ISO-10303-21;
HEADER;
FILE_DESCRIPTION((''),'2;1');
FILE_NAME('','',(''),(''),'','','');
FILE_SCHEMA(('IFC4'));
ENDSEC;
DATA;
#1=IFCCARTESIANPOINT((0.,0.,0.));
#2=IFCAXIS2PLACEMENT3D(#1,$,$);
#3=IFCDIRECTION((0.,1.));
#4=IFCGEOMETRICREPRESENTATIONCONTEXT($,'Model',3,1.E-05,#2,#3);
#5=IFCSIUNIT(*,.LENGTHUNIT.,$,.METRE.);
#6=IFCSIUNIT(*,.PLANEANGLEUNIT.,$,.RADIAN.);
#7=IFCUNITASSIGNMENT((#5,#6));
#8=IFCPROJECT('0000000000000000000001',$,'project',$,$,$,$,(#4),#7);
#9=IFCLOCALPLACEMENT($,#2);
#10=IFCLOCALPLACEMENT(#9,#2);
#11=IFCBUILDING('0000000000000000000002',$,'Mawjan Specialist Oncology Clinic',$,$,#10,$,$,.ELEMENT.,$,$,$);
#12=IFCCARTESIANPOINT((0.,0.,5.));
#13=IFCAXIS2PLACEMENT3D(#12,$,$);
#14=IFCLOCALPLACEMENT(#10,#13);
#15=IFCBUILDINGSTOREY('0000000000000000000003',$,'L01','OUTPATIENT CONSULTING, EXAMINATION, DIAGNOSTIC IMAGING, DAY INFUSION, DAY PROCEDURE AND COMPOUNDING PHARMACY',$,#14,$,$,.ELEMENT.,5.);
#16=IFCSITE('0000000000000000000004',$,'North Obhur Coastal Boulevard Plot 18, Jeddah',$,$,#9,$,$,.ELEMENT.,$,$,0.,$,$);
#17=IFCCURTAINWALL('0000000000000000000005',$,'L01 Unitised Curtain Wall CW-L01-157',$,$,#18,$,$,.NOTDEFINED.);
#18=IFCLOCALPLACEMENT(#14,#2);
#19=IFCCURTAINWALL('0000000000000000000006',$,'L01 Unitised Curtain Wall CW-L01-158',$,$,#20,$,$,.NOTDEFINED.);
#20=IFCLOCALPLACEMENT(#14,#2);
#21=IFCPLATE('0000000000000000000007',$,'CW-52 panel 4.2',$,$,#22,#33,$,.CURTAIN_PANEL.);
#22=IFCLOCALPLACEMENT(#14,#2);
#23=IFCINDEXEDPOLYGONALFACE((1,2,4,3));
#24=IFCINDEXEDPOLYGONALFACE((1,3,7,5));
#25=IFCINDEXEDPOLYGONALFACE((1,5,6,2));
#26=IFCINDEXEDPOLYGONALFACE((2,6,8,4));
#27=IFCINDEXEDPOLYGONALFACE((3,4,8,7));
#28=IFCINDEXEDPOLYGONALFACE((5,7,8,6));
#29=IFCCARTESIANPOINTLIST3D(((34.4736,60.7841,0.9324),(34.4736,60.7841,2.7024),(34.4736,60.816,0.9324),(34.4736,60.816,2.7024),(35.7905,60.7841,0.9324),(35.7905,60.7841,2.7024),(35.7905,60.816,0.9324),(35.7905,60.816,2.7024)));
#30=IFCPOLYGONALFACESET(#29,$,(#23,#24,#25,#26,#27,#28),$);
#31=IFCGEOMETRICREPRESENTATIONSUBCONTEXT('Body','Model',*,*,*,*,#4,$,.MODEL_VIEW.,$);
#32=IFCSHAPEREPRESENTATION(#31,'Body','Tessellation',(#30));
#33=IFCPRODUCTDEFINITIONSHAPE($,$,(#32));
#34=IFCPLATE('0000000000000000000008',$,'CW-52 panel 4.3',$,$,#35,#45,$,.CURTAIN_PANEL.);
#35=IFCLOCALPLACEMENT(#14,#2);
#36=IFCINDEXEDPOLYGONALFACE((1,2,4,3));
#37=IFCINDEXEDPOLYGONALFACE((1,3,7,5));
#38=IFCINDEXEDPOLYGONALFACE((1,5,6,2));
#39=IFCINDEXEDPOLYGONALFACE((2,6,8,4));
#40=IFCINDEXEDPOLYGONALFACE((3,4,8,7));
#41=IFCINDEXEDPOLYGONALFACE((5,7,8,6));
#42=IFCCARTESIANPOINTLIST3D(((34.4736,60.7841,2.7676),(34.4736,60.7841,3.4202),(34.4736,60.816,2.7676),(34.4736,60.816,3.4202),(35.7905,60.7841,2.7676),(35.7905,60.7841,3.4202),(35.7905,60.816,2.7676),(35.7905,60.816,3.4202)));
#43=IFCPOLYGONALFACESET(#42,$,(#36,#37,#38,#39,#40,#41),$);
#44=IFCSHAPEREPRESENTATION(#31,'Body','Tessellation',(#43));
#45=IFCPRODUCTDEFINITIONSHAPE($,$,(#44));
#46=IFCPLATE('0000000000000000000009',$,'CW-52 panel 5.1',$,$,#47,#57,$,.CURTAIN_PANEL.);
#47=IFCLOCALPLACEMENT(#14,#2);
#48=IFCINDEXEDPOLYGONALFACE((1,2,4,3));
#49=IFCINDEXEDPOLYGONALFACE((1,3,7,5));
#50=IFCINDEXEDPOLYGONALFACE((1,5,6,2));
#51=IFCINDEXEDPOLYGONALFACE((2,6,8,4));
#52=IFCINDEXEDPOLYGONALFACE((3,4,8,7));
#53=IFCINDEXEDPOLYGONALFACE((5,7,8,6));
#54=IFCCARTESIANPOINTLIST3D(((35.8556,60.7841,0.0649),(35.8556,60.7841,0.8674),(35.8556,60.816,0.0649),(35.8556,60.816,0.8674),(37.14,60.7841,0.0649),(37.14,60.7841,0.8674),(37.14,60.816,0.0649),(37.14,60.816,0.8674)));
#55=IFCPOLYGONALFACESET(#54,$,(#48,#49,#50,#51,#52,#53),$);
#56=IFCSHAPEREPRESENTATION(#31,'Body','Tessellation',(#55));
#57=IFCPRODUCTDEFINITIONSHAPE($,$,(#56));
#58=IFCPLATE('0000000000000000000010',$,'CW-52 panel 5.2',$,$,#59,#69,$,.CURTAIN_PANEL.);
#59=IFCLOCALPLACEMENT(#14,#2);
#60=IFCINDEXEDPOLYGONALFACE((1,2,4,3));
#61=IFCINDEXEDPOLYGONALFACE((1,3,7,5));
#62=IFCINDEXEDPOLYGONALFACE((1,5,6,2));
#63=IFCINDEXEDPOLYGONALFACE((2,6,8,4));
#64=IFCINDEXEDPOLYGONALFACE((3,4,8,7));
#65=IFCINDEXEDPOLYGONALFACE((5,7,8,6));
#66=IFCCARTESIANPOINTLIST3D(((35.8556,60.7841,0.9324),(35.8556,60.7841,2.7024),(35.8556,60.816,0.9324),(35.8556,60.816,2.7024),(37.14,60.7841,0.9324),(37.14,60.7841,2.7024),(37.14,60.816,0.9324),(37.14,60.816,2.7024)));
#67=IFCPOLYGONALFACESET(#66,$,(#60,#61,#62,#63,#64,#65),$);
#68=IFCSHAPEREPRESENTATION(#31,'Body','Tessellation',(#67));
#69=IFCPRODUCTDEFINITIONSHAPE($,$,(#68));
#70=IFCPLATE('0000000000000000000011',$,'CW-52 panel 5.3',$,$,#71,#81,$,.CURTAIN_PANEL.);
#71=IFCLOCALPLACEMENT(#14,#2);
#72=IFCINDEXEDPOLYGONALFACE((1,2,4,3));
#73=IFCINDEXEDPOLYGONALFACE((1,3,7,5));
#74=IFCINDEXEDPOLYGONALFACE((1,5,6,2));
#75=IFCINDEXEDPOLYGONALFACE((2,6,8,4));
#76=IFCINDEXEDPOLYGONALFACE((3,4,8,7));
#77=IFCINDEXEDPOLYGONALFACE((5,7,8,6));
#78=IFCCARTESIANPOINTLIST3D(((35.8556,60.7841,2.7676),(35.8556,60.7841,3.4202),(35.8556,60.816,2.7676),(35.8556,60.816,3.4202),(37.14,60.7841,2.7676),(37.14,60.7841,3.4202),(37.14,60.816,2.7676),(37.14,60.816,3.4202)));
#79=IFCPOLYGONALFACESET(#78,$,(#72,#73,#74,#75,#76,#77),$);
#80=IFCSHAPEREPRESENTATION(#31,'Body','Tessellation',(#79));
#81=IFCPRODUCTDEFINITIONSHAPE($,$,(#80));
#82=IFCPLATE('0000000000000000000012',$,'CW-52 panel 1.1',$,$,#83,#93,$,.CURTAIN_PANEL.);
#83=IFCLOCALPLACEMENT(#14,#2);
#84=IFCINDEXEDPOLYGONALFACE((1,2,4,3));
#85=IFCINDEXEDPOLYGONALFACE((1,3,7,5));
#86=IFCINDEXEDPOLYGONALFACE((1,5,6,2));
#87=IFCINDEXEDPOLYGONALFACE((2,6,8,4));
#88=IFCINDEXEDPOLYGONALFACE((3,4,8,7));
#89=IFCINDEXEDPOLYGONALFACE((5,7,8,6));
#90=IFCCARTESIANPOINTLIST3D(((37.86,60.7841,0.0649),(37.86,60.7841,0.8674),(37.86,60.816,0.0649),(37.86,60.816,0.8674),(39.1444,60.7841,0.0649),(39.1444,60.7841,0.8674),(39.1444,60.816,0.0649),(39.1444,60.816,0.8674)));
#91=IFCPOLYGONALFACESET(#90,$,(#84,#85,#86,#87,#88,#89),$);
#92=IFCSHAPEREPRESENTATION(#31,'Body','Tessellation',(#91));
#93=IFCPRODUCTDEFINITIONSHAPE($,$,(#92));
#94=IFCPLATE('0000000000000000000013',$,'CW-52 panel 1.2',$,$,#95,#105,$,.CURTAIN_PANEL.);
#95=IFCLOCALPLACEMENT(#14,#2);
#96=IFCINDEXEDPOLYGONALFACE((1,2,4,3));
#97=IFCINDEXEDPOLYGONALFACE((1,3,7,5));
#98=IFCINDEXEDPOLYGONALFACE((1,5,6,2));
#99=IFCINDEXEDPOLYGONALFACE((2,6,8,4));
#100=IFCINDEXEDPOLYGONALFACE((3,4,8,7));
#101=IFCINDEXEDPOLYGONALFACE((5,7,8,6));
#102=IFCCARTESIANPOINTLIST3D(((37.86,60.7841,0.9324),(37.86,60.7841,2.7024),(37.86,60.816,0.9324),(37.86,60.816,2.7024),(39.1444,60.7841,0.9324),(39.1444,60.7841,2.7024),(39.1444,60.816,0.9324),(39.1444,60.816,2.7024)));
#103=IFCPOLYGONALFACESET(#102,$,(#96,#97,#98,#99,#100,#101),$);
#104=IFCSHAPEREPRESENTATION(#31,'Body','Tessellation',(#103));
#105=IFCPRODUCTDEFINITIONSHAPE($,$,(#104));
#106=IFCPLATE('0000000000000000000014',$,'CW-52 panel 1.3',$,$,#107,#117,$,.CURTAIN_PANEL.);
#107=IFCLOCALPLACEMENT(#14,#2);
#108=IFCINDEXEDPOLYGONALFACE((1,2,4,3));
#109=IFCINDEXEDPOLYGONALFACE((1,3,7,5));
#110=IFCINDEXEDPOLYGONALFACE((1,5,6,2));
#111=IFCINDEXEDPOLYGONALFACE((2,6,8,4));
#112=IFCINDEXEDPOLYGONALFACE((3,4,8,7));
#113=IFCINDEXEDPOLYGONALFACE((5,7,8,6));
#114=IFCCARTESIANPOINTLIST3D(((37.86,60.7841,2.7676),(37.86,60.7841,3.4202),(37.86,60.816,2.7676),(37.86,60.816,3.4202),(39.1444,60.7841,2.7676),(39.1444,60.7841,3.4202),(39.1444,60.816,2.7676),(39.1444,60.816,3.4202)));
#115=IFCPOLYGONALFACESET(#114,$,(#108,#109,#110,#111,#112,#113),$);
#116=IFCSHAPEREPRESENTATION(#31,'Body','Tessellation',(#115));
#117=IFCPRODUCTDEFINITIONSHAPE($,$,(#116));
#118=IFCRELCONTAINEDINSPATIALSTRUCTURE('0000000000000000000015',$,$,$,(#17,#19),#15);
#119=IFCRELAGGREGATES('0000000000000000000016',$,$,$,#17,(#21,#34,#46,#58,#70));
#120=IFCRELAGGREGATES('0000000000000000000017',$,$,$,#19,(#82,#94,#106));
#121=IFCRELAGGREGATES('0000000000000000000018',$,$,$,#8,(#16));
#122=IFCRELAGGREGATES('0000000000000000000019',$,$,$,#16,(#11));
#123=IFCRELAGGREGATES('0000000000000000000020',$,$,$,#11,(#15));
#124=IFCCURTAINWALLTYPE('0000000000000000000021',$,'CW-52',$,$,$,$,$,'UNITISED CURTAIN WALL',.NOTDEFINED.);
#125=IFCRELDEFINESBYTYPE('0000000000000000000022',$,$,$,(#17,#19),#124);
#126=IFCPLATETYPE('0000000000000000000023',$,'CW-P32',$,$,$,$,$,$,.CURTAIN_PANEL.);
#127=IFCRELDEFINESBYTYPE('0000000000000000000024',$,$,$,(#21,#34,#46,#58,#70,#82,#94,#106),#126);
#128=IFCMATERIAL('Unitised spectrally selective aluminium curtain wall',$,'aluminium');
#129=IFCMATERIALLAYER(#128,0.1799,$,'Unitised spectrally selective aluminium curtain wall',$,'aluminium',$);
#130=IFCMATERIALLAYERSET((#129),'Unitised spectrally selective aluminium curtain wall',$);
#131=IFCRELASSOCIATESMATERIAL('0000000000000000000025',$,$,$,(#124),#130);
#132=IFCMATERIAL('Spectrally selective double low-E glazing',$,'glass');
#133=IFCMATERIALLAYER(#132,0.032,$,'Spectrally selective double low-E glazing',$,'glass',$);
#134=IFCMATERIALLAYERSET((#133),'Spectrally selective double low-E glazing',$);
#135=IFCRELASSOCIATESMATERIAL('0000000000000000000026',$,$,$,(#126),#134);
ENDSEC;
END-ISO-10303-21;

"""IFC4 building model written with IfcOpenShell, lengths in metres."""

from ifc_helpers import new_model, si_unit, direction, frame, origin, origin_2d, place, context, subcontext, project, spatial, rectangle, extrude, material, layer, layer_set, type_object, element, aggregate, save


model = new_model("IFC4")

# Units and contexts
model_context = context("Model", 3, precision=1e-05, world=origin(), true_north=direction((0.0, 1.0)))
body_context = subcontext(model_context, "Body", "Model", "MODEL_VIEW")
ifc_project = project(units=[si_unit("LENGTHUNIT", "METRE"), si_unit("PLANEANGLEUNIT", "RADIAN")], contexts=[model_context])

# Site, building, storey
site_placement = place(None, origin())
site = spatial("IfcSite", under=ifc_project, at=site_placement, Name="North Obhur Coastal Boulevard Plot 18, Jeddah", CompositionType="ELEMENT", RefElevation=0.0)
building_placement = place(site_placement, origin())
building = spatial("IfcBuilding", under=site, at=building_placement, Name="Mawjan Specialist Oncology Clinic", CompositionType="ELEMENT")
storey_placement = place(building_placement, frame((0.0, 0.0, 5.0)))
storey = spatial("IfcBuildingStorey", under=building, at=storey_placement, Name="L01", Description="OUTPATIENT CONSULTING, EXAMINATION, DIAGNOSTIC IMAGING, DAY INFUSION, DAY PROCEDURE AND COMPOUNDING PHARMACY", CompositionType="ELEMENT", Elevation=5.0)

# Curtain walls
ifc_material_1 = material(Name="Unitised spectrally selective aluminium curtain wall", Category="aluminium")
ifc_layer_1 = layer(ifc_material_1, 0.1799, Name="Unitised spectrally selective aluminium curtain wall", Category="aluminium")
ifc_layer_set_1 = layer_set([ifc_layer_1], Name="Unitised spectrally selective aluminium curtain wall")
curtain_wall_type = type_object("IfcCurtainWallType", Name="CW-52", ElementType="UNITISED CURTAIN WALL", PredefinedType="NOTDEFINED", material=ifc_layer_set_1)
curtain_wall_1_placement = place(storey_placement, origin())
curtain_wall_1 = element("IfcCurtainWall", 1, at=curtain_wall_1_placement, inside=storey, type_object=curtain_wall_type, Name="L01 Unitised Curtain Wall CW-L01-157", PredefinedType="NOTDEFINED")
curtain_wall_2_placement = place(storey_placement, origin())
curtain_wall_2 = element("IfcCurtainWall", 2, at=curtain_wall_2_placement, inside=storey, type_object=curtain_wall_type, Name="L01 Unitised Curtain Wall CW-L01-158", PredefinedType="NOTDEFINED")

# Plates
ifc_material_2 = material(Name="Spectrally selective double low-E glazing", Category="glass")
ifc_layer_2 = layer(ifc_material_2, 0.032, Name="Spectrally selective double low-E glazing", Category="glass")
ifc_layer_set_2 = layer_set([ifc_layer_2], Name="Spectrally selective double low-E glazing")
plate_type = type_object("IfcPlateType", Name="CW-P32", PredefinedType="CURTAIN_PANEL", material=ifc_layer_set_2)
plate_1_placement = place(storey_placement, frame((35.1321, 60.8, 0.9324), z_axis=(0.0, 0.0, 1.0), x_axis=(1.0, 0.0, 0.0)))
plate_1 = element("IfcPlate", 3, at=plate_1_placement, type_object=plate_type, Name="CW-52 panel 4.2", PredefinedType="CURTAIN_PANEL", context=body_context, shape_type="SweptSolid", body=[
    extrude(rectangle(XDim=1.3169, YDim=0.032, at=origin_2d()), origin(), (0.0, 0.0, 1.0), 1.77),
])
plate_2_placement = place(storey_placement, frame((35.1321, 60.8, 2.7676), z_axis=(0.0, 0.0, 1.0), x_axis=(1.0, 0.0, 0.0)))
plate_2 = element("IfcPlate", 4, at=plate_2_placement, type_object=plate_type, Name="CW-52 panel 4.3", PredefinedType="CURTAIN_PANEL", context=body_context, shape_type="SweptSolid", body=[
    extrude(rectangle(XDim=1.3169, YDim=0.032, at=origin_2d()), origin(), (0.0, 0.0, 1.0), 0.6526),
])
plate_3_placement = place(storey_placement, frame((36.4978, 60.8, 0.0649), z_axis=(0.0, 0.0, 1.0), x_axis=(1.0, 0.0, 0.0)))
plate_3 = element("IfcPlate", 5, at=plate_3_placement, type_object=plate_type, Name="CW-52 panel 5.1", PredefinedType="CURTAIN_PANEL", context=body_context, shape_type="SweptSolid", body=[
    extrude(rectangle(XDim=1.2844, YDim=0.032, at=origin_2d()), origin(), (0.0, 0.0, 1.0), 0.8025),
])
plate_4_placement = place(storey_placement, frame((36.4978, 60.8, 0.9324), z_axis=(0.0, 0.0, 1.0), x_axis=(1.0, 0.0, 0.0)))
plate_4 = element("IfcPlate", 6, at=plate_4_placement, type_object=plate_type, Name="CW-52 panel 5.2", PredefinedType="CURTAIN_PANEL", context=body_context, shape_type="SweptSolid", body=[
    extrude(rectangle(XDim=1.2844, YDim=0.032, at=origin_2d()), origin(), (0.0, 0.0, 1.0), 1.77),
])
plate_5_placement = place(storey_placement, frame((36.4978, 60.8, 2.7676), z_axis=(0.0, 0.0, 1.0), x_axis=(1.0, 0.0, 0.0)))
plate_5 = element("IfcPlate", 7, at=plate_5_placement, type_object=plate_type, Name="CW-52 panel 5.3", PredefinedType="CURTAIN_PANEL", context=body_context, shape_type="SweptSolid", body=[
    extrude(rectangle(XDim=1.2844, YDim=0.032, at=origin_2d()), origin(), (0.0, 0.0, 1.0), 0.6526),
])
aggregate(curtain_wall_1, [plate_1, plate_2, plate_3, plate_4, plate_5])
plate_6_placement = place(storey_placement, frame((38.5022, 60.8, 0.0649), z_axis=(0.0, 0.0, 1.0), x_axis=(1.0, 0.0, 0.0)))
plate_6 = element("IfcPlate", 8, at=plate_6_placement, type_object=plate_type, Name="CW-52 panel 1.1", PredefinedType="CURTAIN_PANEL", context=body_context, shape_type="SweptSolid", body=[
    extrude(rectangle(XDim=1.2844, YDim=0.032, at=origin_2d()), origin(), (0.0, 0.0, 1.0), 0.8025),
])
plate_7_placement = place(storey_placement, frame((38.5022, 60.8, 0.9324), z_axis=(0.0, 0.0, 1.0), x_axis=(1.0, 0.0, 0.0)))
plate_7 = element("IfcPlate", 9, at=plate_7_placement, type_object=plate_type, Name="CW-52 panel 1.2", PredefinedType="CURTAIN_PANEL", context=body_context, shape_type="SweptSolid", body=[
    extrude(rectangle(XDim=1.2844, YDim=0.032, at=origin_2d()), origin(), (0.0, 0.0, 1.0), 1.77),
])
plate_8_placement = place(storey_placement, frame((38.5022, 60.8, 2.7676), z_axis=(0.0, 0.0, 1.0), x_axis=(1.0, 0.0, 0.0)))
plate_8 = element("IfcPlate", 10, at=plate_8_placement, type_object=plate_type, Name="CW-52 panel 1.3", PredefinedType="CURTAIN_PANEL", context=body_context, shape_type="SweptSolid", body=[
    extrude(rectangle(XDim=1.2844, YDim=0.032, at=origin_2d()), origin(), (0.0, 0.0, 1.0), 0.6526),
])
aggregate(curtain_wall_2, [plate_6, plate_7, plate_8])

save(model, "model.ifc")
